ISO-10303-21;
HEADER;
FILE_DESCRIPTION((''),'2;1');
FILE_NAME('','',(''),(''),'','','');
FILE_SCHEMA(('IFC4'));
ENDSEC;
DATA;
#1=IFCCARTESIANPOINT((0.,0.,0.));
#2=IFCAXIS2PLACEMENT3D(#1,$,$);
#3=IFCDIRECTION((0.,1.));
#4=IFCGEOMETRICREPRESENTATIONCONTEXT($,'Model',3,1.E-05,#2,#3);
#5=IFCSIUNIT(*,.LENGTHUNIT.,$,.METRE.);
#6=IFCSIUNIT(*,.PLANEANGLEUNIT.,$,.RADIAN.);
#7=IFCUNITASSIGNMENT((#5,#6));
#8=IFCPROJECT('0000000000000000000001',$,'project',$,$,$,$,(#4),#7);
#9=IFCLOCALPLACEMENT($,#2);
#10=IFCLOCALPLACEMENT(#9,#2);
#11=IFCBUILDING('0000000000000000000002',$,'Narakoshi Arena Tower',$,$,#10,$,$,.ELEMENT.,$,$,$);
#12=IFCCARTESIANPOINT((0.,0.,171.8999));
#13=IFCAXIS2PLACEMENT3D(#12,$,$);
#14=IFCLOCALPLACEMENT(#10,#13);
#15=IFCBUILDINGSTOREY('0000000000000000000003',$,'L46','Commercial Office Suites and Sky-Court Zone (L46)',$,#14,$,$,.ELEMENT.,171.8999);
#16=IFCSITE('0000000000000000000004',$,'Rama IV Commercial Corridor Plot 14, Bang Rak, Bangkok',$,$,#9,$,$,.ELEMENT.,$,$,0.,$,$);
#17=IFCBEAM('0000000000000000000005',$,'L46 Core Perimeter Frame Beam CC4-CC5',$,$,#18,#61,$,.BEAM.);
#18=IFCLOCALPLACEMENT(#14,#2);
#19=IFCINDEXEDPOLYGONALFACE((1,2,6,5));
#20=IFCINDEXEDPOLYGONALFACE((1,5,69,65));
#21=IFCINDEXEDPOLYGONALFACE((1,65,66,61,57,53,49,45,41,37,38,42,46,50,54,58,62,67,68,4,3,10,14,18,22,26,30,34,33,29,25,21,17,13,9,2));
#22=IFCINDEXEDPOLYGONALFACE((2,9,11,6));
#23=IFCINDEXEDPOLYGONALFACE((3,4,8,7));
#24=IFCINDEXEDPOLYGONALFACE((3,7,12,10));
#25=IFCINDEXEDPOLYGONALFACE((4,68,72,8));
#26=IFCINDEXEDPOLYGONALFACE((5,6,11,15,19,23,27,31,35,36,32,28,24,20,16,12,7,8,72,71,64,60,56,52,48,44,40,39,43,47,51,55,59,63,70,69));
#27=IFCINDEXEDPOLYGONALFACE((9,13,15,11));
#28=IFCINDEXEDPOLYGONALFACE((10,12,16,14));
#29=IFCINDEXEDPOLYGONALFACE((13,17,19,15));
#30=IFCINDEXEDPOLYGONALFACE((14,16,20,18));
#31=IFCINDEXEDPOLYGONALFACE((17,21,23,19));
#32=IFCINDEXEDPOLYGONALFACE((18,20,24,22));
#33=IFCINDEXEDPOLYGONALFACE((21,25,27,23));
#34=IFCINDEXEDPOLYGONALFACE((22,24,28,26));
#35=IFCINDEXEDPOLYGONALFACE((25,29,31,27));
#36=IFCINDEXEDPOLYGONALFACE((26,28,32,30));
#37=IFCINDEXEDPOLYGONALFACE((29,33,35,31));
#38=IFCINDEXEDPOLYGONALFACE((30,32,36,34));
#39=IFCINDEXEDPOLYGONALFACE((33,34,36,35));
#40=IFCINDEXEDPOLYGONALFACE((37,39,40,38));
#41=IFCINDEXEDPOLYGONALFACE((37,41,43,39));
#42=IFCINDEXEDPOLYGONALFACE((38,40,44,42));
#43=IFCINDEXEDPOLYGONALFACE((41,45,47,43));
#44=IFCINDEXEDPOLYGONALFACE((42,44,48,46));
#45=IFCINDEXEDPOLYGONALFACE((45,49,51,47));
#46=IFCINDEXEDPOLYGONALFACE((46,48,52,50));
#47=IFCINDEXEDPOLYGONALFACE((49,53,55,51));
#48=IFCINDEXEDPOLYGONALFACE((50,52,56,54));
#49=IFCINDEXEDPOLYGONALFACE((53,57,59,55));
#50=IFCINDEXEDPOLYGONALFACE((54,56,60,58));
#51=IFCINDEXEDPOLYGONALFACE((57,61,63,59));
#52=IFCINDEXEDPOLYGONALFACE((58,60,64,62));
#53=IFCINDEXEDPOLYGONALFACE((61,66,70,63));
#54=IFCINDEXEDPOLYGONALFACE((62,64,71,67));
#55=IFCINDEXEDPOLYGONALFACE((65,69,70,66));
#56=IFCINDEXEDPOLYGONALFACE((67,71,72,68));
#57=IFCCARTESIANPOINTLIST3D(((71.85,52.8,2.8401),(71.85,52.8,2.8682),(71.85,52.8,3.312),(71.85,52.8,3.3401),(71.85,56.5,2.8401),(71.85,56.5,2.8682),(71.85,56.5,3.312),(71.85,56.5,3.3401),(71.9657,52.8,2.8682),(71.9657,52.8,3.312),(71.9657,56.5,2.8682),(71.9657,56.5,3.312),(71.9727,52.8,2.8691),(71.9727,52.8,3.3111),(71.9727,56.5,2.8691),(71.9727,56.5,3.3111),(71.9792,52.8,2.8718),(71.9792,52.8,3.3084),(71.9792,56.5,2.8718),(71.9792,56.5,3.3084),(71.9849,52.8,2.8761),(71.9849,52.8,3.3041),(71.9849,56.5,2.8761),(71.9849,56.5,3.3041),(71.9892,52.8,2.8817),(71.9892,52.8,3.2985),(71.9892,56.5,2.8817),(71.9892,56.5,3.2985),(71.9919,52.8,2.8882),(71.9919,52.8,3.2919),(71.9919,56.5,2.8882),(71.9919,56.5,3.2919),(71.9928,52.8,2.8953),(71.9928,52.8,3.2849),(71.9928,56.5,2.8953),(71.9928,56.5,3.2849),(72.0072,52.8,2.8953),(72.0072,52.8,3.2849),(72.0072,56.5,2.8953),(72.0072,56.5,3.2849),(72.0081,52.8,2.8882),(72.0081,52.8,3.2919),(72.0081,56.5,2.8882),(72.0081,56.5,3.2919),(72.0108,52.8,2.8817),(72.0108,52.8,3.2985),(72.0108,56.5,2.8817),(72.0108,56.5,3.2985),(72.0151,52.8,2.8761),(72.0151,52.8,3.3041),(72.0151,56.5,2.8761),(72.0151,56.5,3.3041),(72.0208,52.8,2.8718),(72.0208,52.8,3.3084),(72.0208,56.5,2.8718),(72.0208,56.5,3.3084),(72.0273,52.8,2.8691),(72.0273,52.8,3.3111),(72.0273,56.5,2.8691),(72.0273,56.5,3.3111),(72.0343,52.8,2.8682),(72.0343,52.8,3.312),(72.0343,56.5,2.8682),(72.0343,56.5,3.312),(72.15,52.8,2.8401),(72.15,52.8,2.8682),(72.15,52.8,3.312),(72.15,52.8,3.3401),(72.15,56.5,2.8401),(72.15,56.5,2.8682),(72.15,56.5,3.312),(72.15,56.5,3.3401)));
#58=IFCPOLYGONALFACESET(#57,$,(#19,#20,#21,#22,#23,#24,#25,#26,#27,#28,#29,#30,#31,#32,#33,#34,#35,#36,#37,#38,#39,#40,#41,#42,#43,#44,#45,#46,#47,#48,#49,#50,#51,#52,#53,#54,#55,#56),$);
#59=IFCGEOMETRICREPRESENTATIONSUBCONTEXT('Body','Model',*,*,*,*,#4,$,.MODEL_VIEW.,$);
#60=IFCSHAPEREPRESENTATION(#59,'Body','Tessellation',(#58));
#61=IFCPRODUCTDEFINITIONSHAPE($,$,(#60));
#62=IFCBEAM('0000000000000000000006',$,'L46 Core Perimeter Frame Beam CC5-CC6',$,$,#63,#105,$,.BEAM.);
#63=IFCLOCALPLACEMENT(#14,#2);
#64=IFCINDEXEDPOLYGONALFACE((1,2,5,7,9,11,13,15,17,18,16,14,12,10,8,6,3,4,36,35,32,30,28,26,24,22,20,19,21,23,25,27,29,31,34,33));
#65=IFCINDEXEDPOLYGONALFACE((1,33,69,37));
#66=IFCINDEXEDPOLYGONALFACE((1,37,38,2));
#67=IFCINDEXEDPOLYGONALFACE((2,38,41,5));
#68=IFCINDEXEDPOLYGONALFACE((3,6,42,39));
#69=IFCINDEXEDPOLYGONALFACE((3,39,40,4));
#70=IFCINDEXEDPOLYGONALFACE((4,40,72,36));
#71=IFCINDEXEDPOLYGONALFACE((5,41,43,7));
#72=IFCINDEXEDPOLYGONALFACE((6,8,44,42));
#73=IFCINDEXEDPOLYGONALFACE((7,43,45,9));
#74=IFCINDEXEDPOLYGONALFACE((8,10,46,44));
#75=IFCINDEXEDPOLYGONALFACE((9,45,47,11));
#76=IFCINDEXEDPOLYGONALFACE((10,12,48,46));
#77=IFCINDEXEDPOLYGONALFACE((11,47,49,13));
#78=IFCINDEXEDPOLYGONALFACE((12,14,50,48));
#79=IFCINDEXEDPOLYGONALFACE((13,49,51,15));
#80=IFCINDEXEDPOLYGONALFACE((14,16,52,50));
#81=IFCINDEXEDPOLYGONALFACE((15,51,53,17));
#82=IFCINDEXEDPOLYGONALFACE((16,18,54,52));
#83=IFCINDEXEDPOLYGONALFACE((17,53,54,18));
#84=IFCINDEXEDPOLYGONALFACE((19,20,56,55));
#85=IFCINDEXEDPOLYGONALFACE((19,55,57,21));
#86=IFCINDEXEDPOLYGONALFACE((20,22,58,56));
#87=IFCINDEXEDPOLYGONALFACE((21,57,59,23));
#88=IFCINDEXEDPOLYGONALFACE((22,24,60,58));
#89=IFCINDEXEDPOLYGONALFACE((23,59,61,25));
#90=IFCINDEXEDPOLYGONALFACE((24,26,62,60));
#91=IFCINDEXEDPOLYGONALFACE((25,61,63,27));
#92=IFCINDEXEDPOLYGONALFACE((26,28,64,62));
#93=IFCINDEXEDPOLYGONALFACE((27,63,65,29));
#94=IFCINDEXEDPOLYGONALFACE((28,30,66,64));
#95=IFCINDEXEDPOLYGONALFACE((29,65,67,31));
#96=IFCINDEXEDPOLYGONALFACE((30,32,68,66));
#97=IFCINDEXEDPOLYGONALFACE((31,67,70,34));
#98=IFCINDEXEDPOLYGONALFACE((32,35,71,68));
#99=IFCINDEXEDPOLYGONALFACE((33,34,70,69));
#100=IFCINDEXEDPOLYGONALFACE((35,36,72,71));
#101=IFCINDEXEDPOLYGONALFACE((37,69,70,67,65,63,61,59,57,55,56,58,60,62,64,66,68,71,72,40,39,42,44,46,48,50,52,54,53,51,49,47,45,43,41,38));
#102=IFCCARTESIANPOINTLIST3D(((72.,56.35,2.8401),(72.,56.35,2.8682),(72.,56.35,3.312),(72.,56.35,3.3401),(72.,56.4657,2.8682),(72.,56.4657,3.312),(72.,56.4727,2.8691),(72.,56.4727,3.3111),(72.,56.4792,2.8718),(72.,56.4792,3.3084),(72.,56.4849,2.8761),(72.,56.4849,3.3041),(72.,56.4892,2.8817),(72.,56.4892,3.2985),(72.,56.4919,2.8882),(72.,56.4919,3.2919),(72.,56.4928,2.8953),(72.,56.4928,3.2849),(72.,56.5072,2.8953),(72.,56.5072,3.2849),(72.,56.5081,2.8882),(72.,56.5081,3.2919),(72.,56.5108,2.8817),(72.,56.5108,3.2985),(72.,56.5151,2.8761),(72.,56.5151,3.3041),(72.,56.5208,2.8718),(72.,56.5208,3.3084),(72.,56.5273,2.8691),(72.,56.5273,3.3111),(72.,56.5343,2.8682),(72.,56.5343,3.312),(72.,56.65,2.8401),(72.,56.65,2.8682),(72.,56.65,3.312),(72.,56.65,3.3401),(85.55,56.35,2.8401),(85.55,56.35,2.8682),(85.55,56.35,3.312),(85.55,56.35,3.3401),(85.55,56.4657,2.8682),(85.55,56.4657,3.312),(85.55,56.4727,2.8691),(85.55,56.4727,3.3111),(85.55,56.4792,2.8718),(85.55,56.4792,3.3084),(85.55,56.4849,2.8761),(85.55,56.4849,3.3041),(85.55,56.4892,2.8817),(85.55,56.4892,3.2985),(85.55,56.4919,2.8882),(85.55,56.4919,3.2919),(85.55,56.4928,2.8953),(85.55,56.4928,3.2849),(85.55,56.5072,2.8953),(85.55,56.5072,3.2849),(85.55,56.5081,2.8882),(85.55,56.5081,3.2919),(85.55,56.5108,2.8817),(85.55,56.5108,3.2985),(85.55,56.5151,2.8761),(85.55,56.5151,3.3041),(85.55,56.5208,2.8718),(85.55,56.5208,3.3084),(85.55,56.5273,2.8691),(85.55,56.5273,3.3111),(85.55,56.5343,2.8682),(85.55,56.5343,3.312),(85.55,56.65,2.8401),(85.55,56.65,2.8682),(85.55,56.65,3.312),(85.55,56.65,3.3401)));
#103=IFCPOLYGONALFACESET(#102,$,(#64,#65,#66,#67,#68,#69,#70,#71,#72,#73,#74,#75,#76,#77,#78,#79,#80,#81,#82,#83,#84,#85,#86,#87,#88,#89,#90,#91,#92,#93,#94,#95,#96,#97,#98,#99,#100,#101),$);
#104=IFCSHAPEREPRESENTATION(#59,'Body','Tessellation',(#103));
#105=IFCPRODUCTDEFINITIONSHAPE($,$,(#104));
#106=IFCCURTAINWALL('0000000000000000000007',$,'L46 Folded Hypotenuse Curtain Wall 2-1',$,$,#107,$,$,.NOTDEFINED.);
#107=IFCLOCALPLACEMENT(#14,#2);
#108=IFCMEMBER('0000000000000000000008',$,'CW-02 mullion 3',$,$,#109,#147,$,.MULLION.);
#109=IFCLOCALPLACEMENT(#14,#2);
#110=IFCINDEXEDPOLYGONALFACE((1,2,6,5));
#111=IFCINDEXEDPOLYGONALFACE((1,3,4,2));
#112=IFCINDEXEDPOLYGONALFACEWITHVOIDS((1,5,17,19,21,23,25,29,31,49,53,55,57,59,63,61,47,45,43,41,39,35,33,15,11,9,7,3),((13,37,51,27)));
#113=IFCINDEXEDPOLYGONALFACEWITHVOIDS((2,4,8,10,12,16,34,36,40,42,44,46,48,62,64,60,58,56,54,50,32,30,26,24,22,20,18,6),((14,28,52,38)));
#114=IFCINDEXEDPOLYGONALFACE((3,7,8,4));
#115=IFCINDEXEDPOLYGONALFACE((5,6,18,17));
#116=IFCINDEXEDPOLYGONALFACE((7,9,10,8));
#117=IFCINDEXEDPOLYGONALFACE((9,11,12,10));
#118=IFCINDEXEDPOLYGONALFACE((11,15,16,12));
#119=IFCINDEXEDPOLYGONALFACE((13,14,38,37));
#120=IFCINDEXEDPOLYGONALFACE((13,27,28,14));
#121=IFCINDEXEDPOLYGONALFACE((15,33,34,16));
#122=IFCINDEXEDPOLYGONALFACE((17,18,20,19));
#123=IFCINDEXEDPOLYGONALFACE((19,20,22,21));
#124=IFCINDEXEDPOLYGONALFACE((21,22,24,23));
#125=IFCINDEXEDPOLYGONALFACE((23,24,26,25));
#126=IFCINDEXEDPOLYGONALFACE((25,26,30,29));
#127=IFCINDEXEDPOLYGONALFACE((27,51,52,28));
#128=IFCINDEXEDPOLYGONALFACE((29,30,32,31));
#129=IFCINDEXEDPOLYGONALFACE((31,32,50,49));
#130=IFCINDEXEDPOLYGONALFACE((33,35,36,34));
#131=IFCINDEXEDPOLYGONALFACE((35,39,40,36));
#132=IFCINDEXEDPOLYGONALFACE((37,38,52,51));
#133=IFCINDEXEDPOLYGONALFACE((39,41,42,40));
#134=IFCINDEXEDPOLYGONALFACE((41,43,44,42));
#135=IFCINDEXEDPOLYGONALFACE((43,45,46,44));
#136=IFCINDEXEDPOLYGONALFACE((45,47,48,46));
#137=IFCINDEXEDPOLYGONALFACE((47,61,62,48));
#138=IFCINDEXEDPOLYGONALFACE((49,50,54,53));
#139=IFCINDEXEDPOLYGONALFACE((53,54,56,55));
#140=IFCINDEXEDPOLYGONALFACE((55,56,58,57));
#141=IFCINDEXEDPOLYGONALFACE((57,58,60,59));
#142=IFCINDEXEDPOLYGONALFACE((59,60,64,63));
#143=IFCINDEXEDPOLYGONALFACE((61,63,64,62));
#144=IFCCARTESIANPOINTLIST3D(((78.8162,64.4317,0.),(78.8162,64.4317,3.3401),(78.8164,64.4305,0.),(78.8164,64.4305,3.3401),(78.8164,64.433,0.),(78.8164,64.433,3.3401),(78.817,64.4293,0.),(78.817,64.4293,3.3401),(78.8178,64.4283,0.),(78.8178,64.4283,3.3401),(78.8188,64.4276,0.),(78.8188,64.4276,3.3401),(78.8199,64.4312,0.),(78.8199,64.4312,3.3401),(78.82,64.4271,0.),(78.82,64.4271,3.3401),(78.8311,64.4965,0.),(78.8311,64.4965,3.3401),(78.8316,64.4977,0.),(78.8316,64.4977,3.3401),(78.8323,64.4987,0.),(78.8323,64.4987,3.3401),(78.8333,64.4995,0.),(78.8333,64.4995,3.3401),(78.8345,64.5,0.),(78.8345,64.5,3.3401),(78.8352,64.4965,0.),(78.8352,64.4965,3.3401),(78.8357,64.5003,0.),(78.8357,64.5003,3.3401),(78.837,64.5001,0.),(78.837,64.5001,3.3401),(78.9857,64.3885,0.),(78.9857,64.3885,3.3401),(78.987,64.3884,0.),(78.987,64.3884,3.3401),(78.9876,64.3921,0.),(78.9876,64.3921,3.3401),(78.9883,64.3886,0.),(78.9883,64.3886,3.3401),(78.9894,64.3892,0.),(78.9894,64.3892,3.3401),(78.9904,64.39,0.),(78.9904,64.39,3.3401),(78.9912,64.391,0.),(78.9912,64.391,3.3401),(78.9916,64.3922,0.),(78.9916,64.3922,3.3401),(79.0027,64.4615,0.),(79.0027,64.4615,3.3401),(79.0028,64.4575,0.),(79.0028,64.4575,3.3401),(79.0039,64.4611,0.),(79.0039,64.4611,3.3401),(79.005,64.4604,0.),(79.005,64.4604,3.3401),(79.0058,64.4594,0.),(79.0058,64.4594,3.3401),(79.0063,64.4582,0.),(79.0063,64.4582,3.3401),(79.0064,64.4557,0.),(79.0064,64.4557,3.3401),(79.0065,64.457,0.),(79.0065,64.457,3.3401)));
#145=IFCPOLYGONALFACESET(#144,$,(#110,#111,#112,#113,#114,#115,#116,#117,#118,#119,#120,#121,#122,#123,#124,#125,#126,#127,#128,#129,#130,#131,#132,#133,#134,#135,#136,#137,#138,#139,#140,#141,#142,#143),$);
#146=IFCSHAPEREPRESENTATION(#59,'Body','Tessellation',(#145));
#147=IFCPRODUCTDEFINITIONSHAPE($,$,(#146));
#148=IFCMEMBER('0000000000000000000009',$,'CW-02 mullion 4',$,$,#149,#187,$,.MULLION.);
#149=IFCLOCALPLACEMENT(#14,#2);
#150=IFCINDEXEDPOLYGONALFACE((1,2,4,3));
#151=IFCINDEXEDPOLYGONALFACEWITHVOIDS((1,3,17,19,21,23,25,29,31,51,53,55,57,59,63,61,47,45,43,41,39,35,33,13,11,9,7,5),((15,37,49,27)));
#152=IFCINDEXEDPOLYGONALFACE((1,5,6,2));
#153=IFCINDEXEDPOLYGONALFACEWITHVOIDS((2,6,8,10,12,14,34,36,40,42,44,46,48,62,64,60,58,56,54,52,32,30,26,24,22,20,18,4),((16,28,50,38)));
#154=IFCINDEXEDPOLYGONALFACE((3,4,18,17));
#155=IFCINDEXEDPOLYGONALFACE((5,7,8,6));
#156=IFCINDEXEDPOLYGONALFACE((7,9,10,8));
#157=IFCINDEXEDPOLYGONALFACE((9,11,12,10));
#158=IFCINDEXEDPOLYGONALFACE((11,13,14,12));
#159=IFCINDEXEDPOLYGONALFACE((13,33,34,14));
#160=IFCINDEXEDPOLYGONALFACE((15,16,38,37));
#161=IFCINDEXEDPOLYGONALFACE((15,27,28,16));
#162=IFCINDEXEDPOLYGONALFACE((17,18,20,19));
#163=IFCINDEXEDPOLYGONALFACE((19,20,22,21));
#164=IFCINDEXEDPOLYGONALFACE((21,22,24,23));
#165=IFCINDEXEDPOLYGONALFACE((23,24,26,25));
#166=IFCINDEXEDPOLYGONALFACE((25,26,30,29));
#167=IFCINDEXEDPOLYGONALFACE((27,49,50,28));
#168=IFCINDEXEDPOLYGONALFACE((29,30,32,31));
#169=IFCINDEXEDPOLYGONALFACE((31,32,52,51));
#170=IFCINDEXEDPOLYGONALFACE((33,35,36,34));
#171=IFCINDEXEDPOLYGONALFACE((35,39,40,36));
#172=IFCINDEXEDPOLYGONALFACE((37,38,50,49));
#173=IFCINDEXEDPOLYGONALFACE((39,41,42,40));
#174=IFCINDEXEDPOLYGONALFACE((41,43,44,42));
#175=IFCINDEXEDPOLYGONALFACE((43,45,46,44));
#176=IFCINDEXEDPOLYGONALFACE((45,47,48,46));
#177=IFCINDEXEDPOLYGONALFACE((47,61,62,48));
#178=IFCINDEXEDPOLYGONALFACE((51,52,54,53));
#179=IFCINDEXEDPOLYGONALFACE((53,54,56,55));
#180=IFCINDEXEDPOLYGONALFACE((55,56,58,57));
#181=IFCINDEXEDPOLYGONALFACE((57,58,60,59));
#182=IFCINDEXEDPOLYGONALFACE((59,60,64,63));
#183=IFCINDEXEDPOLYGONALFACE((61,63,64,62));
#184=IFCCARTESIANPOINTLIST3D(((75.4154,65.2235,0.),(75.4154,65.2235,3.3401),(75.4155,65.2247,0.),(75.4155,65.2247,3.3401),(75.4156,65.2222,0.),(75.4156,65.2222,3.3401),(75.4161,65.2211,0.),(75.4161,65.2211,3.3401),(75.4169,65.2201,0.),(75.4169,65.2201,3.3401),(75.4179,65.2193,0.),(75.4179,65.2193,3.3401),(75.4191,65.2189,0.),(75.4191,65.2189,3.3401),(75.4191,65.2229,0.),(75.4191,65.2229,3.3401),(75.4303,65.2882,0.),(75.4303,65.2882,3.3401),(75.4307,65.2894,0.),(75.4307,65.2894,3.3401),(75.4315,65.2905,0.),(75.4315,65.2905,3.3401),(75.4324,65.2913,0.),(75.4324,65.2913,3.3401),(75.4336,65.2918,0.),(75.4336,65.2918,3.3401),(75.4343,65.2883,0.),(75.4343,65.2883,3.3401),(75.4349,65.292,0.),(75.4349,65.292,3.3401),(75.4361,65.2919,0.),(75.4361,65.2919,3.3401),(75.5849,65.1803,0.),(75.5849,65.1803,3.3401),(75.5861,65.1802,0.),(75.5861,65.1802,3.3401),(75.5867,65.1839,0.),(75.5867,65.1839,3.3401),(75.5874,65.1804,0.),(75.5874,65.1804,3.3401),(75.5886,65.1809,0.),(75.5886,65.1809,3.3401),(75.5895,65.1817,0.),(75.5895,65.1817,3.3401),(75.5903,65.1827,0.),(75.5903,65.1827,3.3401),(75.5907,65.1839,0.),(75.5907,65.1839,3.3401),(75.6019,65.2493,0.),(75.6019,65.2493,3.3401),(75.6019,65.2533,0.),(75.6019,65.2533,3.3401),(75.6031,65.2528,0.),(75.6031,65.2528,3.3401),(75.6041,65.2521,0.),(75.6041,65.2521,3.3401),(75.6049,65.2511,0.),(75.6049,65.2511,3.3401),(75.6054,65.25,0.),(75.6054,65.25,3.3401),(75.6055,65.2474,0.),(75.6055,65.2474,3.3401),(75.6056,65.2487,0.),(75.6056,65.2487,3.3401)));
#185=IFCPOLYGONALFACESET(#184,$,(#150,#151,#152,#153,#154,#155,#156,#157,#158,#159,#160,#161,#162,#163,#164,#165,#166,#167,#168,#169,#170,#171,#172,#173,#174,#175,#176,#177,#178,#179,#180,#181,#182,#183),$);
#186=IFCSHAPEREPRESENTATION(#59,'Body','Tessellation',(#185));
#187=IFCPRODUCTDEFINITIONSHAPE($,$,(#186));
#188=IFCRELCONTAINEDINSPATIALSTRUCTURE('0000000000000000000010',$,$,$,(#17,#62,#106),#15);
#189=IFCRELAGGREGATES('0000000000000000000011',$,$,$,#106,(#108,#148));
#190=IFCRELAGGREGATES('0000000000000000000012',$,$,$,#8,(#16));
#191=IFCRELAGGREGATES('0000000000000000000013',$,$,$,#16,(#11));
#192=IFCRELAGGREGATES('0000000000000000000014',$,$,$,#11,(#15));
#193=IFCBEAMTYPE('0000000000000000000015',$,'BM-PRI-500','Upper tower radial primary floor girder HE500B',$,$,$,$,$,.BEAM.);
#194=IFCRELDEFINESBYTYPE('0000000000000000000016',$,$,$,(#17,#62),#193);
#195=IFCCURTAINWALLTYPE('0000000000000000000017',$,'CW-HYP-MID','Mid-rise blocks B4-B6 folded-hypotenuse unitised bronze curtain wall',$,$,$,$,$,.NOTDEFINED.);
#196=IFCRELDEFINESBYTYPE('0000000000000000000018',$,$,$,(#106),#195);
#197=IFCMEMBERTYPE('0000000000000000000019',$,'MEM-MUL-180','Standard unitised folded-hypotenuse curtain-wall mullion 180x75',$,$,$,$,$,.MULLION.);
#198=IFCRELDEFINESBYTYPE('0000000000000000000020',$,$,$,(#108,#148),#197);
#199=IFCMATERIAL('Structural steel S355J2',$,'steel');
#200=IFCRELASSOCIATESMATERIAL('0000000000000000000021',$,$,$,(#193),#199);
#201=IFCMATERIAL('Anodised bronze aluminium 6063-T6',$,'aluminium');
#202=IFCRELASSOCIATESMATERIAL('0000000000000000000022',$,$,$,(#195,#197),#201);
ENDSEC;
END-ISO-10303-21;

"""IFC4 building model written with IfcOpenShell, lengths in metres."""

from ifc_helpers import new_model, si_unit, direction, frame, origin, origin_2d, place, context, subcontext, project, spatial, hollow_rectangle, i_section, extrude, material, material_profile, profile_set, type_object, element, aggregate, save


model = new_model("IFC4")

# Units and contexts
model_context = context("Model", 3, precision=1e-05, world=origin(), true_north=direction((0.0, 1.0)))
body_context = subcontext(model_context, "Body", "Model", "MODEL_VIEW")
ifc_project = project(units=[si_unit("LENGTHUNIT", "METRE"), si_unit("PLANEANGLEUNIT", "RADIAN")], contexts=[model_context])

# Site, building, storey
site_placement = place(None, origin())
site = spatial("IfcSite", under=ifc_project, at=site_placement, Name="Rama IV Commercial Corridor Plot 14, Bang Rak, Bangkok", CompositionType="ELEMENT", RefElevation=0.0)
building_placement = place(site_placement, origin())
building = spatial("IfcBuilding", under=site, at=building_placement, Name="Narakoshi Arena Tower", CompositionType="ELEMENT")
storey_placement = place(building_placement, frame((0.0, 0.0, 171.8999)))
storey = spatial("IfcBuildingStorey", under=building, at=storey_placement, Name="L46", Description="Commercial Office Suites and Sky-Court Zone (L46)", CompositionType="ELEMENT", Elevation=171.8999)

# Beams
ifc_material_1 = material(Name="Structural steel S355J2", Category="steel")
ifc_material_profile_1 = material_profile(ifc_material_1, i_section(OverallWidth=0.3, OverallDepth=0.5, WebThickness=0.0144, FlangeThickness=0.0281, FilletRadius=0.0271, at=origin_2d()), Name="HE500B")
ifc_profile_set_1 = profile_set([ifc_material_profile_1], Name="Structural steel S355J2")
beam_type = type_object("IfcBeamType", Name="BM-PRI-500", Description="Upper tower radial primary floor girder HE500B", PredefinedType="BEAM", material=ifc_profile_set_1)
beam_1_placement = place(storey_placement, frame((72.0, 52.8, 3.0901), z_axis=(0.0, 1.0, 0.0), x_axis=(-1.0, 0.0, 0.0)))
element("IfcBeam", 1, at=beam_1_placement, inside=storey, type_object=beam_type, Name="L46 Core Perimeter Frame Beam CC4-CC5", PredefinedType="BEAM", context=body_context, shape_type="SweptSolid", body=[
    extrude(i_section(OverallWidth=0.3, OverallDepth=0.5, WebThickness=0.0144, FlangeThickness=0.0281, FilletRadius=0.0271, at=origin_2d()), origin(), (0.0, 0.0, 1.0), 3.7),
])
beam_2_placement = place(storey_placement, frame((72.0, 56.5, 3.0901), z_axis=(1.0, 0.0, 0.0), x_axis=(0.0, 1.0, 0.0)))
element("IfcBeam", 2, at=beam_2_placement, inside=storey, type_object=beam_type, Name="L46 Core Perimeter Frame Beam CC5-CC6", PredefinedType="BEAM", context=body_context, shape_type="SweptSolid", body=[
    extrude(i_section(OverallWidth=0.3, OverallDepth=0.5, WebThickness=0.0144, FlangeThickness=0.0281, FilletRadius=0.0271, at=origin_2d()), origin(), (0.0, 0.0, 1.0), 13.55),
])

# Curtain wall, members
ifc_material_2 = material(Name="Anodised bronze aluminium 6063-T6", Category="aluminium")
curtain_wall_type = type_object("IfcCurtainWallType", Name="CW-HYP-MID", Description="Mid-rise blocks B4-B6 folded-hypotenuse unitised bronze curtain wall", PredefinedType="NOTDEFINED", material=ifc_material_2)
curtain_wall_placement = place(storey_placement, origin())
curtain_wall = element("IfcCurtainWall", 3, at=curtain_wall_placement, inside=storey, type_object=curtain_wall_type, Name="L46 Folded Hypotenuse Curtain Wall 2-1", PredefinedType="NOTDEFINED")
ifc_material_profile_2 = material_profile(ifc_material_2, hollow_rectangle(XDim=0.075, YDim=0.1799, WallThickness=0.0039, OuterFilletRadius=0.0049, at=origin_2d()), Name="MUL180x75x4")
ifc_profile_set_2 = profile_set([ifc_material_profile_2], Name="Anodised bronze aluminium 6063-T6")
member_type_1 = type_object("IfcMemberType", Name="MEM-MUL-180", Description="Standard unitised folded-hypotenuse curtain-wall mullion 180x75", PredefinedType="MULLION", material=ifc_profile_set_2)
member_1_placement = place(storey_placement, frame((78.9114, 64.4443, 0.0), z_axis=(0.0, 0.0, 1.0), x_axis=(-0.226721, -0.97396, 0.0)))
member_1 = element("IfcMember", 4, at=member_1_placement, type_object=member_type_1, Name="CW-02 mullion 3", PredefinedType="MULLION", context=body_context, shape_type="SweptSolid", body=[
    extrude(hollow_rectangle(XDim=0.075, YDim=0.1799, WallThickness=0.0039, OuterFilletRadius=0.0049, at=origin_2d()), origin(), (0.0, 0.0, 1.0), 3.3401),
])
member_2_placement = place(storey_placement, frame((75.5105, 65.2361, 0.0), z_axis=(0.0, 0.0, 1.0), x_axis=(-0.226721, -0.97396, 0.0)))
member_2 = element("IfcMember", 5, at=member_2_placement, type_object=member_type_1, Name="CW-02 mullion 4", PredefinedType="MULLION", context=body_context, shape_type="SweptSolid", body=[
    extrude(hollow_rectangle(XDim=0.075, YDim=0.1799, WallThickness=0.0039, OuterFilletRadius=0.0049, at=origin_2d()), origin(), (0.0, 0.0, 1.0), 3.3401),
])
aggregate(curtain_wall, [member_1, member_2])

save(model, "model.ifc")
